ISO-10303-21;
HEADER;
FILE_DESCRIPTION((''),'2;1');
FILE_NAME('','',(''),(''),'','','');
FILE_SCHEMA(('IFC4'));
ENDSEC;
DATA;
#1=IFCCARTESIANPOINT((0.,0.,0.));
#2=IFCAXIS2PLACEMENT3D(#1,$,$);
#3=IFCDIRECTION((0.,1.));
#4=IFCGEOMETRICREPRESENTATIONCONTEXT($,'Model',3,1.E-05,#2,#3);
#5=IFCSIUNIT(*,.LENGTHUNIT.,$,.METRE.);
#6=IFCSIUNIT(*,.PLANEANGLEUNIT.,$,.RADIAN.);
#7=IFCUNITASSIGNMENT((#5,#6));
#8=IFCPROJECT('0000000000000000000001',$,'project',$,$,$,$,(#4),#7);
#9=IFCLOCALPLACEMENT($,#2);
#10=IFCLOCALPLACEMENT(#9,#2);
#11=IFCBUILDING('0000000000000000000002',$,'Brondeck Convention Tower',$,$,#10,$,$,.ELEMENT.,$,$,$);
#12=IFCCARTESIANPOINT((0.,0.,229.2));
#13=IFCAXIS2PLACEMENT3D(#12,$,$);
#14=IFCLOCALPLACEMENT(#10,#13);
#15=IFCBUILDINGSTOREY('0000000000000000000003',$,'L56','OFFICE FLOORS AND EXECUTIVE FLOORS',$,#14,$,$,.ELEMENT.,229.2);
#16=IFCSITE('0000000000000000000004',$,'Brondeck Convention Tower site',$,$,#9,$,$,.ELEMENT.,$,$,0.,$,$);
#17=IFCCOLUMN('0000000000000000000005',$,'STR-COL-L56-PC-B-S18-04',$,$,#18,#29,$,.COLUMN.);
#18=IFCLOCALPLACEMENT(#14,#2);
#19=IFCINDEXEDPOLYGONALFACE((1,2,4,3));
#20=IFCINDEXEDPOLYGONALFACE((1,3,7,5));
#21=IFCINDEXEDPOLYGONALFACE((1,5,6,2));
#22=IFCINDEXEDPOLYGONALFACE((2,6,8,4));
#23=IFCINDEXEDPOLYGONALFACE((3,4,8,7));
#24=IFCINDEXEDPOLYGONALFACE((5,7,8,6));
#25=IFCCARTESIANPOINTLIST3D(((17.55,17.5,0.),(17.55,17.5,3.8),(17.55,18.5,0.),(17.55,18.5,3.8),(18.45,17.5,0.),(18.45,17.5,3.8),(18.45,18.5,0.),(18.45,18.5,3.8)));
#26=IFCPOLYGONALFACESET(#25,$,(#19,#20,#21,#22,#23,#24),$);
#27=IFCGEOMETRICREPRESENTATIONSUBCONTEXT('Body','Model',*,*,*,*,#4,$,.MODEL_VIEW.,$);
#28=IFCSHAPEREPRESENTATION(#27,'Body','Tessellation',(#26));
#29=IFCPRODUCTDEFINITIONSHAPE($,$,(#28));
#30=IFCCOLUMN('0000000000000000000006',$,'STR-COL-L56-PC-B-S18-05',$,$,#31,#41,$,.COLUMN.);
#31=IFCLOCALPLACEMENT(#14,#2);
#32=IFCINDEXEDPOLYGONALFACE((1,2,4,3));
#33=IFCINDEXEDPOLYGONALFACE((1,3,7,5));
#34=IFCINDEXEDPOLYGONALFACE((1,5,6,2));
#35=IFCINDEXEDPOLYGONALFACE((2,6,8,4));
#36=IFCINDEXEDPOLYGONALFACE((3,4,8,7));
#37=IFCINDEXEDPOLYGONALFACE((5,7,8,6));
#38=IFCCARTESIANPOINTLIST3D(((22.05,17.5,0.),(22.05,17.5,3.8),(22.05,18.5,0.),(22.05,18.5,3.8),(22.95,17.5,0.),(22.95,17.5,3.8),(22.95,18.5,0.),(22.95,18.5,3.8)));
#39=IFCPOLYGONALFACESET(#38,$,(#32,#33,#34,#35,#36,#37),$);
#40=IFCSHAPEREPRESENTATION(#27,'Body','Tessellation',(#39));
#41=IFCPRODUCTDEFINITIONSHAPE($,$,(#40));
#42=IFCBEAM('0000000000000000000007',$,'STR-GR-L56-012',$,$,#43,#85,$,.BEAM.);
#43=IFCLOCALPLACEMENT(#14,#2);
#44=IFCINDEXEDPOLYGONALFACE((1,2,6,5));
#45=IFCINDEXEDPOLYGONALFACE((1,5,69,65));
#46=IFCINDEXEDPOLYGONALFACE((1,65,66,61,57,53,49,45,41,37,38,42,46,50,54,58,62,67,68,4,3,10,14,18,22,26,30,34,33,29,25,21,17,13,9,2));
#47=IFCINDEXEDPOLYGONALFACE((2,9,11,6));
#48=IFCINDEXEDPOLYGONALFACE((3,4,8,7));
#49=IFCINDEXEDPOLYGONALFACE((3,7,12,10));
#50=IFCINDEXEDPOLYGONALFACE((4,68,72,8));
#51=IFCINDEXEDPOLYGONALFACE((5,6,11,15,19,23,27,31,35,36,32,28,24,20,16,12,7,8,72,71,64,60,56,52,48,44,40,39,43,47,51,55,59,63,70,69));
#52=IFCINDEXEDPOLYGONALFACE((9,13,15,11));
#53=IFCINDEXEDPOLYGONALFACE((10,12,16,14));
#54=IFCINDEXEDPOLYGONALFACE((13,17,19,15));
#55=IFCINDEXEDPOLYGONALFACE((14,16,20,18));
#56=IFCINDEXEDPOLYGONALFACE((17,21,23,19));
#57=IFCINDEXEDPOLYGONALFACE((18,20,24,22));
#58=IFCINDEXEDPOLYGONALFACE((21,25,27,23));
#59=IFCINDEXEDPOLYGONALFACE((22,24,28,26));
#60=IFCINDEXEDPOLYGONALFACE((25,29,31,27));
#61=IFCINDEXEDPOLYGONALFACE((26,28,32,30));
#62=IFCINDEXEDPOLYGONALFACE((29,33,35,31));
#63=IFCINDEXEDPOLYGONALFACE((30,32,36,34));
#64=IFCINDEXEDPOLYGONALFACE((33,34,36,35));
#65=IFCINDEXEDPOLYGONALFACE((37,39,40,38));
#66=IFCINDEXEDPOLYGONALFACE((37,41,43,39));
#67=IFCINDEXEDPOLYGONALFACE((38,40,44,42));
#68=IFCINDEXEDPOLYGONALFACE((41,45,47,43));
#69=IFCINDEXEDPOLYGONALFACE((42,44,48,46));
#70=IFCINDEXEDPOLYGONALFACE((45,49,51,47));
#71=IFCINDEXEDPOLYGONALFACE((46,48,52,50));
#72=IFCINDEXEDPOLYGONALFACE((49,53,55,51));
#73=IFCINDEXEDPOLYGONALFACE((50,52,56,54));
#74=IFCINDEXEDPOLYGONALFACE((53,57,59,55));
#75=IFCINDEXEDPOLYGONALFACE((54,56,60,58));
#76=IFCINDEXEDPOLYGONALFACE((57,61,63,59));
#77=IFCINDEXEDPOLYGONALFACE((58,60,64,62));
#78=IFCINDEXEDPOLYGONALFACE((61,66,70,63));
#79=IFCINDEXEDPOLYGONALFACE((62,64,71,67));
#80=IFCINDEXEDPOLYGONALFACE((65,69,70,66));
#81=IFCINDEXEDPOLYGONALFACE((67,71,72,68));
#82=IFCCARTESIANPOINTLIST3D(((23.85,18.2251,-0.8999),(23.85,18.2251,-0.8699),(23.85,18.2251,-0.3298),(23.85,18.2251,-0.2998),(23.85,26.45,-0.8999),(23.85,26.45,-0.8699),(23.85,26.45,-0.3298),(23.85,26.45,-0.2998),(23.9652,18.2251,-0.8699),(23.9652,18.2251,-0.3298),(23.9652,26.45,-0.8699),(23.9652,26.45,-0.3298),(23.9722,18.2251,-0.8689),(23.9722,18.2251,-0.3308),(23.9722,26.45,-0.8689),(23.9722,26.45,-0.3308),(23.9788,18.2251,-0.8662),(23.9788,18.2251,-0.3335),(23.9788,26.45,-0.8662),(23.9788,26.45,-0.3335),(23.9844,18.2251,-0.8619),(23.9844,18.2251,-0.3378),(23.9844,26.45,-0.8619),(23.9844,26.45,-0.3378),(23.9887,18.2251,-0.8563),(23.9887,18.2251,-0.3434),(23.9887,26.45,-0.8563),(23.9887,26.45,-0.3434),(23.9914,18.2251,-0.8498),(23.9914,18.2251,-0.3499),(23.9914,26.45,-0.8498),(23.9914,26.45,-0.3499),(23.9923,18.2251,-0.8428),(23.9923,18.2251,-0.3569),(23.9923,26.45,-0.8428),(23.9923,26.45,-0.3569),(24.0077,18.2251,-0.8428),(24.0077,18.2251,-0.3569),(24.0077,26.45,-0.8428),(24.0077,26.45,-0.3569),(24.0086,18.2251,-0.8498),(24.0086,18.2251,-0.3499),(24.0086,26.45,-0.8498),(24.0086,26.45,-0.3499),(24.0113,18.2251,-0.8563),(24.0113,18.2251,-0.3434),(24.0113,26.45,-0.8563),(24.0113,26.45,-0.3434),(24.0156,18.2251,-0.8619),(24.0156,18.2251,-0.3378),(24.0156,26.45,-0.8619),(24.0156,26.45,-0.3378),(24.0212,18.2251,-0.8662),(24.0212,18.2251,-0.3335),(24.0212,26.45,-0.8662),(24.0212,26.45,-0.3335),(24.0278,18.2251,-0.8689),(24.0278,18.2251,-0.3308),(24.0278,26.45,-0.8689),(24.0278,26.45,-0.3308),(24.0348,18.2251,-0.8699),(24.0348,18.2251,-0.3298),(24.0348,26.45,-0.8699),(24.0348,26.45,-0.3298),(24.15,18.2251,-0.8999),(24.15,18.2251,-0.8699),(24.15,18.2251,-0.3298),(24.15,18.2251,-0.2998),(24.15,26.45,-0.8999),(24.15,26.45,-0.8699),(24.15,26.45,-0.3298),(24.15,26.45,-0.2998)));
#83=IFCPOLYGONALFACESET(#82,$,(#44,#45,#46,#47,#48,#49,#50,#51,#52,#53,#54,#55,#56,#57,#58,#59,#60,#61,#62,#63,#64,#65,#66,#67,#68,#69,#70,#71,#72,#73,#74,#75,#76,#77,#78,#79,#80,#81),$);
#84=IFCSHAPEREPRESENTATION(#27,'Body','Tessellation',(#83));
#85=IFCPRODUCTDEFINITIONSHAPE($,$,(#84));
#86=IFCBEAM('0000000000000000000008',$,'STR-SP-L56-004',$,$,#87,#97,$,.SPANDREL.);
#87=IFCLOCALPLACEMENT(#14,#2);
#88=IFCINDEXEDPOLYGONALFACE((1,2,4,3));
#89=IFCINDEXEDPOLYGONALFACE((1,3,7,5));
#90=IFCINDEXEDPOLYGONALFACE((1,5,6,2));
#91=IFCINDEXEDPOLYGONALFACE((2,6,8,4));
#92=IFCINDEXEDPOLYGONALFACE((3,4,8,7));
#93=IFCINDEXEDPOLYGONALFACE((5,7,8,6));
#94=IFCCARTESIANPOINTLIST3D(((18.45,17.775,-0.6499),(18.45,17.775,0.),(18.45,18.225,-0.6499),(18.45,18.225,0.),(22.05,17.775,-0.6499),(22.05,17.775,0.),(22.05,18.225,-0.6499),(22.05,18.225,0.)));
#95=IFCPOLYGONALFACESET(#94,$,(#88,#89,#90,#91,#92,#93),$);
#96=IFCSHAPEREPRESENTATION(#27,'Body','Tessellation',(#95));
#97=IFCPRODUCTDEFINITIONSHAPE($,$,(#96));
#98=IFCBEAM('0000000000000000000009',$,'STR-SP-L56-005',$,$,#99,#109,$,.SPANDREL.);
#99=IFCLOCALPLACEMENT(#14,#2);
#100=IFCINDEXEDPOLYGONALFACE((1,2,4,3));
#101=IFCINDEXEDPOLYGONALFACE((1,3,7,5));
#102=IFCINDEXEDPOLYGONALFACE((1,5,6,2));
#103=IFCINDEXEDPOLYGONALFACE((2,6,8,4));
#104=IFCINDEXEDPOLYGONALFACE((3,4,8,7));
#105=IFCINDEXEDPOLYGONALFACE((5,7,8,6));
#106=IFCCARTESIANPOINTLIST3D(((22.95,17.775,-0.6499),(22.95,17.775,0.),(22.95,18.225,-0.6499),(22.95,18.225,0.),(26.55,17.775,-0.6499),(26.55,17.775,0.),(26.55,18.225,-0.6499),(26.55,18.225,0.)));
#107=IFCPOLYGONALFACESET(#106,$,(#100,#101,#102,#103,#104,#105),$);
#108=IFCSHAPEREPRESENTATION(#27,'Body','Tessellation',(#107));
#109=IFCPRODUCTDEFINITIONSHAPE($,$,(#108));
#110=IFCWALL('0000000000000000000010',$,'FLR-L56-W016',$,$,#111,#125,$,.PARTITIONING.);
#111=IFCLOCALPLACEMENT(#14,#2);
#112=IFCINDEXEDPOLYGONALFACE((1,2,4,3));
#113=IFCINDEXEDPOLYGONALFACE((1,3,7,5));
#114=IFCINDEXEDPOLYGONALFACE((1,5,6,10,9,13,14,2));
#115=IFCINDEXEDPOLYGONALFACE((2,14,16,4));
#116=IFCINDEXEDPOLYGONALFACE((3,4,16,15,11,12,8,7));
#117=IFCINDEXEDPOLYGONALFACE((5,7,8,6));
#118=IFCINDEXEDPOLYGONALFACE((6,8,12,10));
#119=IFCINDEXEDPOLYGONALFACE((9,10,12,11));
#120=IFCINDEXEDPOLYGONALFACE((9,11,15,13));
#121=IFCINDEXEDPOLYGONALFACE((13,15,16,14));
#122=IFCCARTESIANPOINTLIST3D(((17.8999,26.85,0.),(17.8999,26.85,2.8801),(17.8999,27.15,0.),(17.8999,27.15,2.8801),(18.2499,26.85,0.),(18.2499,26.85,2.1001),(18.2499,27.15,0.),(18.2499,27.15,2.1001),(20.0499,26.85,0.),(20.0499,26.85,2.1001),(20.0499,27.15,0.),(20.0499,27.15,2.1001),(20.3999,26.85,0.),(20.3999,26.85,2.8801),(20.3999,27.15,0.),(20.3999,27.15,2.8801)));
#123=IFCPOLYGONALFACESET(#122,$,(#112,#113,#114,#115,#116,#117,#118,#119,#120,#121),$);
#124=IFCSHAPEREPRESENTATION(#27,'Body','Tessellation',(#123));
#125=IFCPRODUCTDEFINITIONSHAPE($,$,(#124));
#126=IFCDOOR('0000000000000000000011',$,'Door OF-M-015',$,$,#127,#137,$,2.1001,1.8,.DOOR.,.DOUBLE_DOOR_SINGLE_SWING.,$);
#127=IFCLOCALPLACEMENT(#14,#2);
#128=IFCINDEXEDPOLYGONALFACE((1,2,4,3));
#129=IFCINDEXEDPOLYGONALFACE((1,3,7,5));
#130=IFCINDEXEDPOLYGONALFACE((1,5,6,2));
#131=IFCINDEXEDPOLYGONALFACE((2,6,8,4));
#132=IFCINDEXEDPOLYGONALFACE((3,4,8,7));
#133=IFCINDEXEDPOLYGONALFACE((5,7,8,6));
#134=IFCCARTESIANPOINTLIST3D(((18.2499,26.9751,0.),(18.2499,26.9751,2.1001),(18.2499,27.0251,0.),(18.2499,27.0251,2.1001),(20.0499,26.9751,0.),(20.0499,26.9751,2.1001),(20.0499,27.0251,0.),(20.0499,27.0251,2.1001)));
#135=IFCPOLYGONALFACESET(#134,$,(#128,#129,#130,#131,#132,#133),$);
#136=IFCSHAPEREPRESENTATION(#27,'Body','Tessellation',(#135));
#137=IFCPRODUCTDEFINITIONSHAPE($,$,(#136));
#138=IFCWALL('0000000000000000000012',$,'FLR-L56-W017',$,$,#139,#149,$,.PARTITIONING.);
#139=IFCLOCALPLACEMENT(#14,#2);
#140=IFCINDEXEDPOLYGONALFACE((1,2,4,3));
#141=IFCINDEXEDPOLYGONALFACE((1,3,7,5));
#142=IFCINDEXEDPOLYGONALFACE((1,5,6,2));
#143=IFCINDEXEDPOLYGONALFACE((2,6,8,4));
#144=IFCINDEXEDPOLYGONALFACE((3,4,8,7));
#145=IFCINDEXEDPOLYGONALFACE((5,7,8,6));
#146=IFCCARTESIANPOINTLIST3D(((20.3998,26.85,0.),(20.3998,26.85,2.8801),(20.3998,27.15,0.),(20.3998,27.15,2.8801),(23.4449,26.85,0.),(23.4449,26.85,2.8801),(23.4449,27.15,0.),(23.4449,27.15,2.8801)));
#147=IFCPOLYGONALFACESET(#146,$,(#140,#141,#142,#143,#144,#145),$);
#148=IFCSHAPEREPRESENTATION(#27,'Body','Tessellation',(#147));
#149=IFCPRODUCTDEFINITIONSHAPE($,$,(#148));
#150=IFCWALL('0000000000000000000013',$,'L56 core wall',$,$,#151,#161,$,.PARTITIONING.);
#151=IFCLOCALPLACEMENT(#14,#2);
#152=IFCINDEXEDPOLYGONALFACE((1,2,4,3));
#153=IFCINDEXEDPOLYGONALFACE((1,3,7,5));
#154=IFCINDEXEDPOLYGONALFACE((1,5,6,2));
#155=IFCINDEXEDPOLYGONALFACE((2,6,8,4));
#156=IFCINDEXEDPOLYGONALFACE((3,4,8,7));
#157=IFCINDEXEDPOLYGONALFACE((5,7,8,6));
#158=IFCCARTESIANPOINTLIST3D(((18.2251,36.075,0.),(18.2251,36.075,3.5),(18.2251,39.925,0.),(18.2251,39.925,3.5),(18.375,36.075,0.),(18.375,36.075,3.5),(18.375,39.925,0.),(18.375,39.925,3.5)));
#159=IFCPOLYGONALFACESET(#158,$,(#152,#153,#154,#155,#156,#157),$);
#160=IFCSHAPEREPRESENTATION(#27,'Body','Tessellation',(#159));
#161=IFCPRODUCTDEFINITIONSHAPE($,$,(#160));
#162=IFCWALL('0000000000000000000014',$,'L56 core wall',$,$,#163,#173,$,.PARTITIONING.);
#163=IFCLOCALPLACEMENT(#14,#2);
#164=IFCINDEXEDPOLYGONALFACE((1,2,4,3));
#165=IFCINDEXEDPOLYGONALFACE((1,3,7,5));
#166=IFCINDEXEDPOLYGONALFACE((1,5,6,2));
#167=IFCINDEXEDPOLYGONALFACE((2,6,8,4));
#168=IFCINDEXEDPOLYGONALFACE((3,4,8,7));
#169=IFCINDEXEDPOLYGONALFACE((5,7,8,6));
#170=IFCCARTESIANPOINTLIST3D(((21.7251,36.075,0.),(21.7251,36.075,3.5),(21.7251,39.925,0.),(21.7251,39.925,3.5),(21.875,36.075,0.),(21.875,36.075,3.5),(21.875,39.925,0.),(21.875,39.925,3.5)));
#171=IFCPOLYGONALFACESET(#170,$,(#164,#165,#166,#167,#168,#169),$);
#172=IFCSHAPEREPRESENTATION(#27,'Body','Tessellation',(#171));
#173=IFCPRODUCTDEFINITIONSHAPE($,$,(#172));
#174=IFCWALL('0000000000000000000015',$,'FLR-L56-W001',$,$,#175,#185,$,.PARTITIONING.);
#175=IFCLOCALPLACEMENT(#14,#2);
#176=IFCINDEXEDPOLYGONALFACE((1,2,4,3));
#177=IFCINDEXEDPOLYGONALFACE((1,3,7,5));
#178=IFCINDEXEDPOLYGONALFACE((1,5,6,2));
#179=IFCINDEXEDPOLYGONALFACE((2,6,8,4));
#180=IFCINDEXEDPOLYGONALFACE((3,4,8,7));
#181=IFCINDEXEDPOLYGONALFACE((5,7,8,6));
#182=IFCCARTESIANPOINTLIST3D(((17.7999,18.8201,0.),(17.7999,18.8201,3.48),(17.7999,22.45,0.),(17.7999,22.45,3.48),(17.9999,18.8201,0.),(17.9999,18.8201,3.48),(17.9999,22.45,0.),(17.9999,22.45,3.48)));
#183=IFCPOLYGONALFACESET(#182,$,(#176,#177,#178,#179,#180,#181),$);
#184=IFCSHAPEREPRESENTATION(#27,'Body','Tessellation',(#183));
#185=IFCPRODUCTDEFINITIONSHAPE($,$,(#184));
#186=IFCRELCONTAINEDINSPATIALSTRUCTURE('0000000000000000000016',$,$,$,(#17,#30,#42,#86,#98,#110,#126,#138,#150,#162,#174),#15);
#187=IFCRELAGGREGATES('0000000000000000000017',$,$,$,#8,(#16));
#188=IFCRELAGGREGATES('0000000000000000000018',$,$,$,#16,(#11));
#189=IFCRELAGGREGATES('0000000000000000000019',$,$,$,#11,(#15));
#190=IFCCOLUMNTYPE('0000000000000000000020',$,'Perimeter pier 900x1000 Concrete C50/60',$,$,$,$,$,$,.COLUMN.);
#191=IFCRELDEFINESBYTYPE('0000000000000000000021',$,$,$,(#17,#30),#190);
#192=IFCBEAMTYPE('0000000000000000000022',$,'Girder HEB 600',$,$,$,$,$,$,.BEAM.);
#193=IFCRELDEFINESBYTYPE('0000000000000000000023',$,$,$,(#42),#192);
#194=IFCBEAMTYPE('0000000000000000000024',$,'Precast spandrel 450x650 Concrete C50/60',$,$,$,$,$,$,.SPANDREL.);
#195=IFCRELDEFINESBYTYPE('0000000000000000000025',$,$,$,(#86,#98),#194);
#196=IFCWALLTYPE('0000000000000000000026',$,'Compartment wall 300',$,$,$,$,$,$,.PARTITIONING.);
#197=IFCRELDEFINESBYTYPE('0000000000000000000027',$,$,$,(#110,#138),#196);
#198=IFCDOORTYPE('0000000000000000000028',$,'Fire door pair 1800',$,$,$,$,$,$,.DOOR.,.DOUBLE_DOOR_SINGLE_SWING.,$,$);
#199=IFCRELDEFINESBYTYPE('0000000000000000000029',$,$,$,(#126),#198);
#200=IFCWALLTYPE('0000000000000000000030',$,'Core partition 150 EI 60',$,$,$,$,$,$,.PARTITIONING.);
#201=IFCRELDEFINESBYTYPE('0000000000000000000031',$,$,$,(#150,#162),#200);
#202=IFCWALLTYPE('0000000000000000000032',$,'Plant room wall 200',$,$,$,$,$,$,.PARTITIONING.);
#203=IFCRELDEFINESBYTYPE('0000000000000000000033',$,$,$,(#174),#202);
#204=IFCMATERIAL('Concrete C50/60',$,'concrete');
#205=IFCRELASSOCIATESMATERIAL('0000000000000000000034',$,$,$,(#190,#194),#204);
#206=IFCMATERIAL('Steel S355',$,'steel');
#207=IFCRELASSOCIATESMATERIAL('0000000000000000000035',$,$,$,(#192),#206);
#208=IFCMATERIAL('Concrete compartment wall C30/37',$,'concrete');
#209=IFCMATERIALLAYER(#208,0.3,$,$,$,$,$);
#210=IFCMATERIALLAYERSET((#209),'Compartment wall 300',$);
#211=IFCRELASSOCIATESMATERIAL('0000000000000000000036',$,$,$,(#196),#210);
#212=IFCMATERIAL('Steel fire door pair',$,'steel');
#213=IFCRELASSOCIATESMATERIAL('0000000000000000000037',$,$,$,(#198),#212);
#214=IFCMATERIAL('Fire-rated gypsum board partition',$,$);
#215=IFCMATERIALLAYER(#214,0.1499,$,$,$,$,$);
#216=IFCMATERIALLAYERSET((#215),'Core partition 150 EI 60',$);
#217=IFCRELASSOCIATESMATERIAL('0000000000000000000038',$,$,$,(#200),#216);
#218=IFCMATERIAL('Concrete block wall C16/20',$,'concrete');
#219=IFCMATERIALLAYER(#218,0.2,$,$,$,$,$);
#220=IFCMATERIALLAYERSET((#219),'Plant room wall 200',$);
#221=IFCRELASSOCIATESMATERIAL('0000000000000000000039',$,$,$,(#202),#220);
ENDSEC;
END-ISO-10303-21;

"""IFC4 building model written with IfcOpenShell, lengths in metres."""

from ifc_helpers import new_model, si_unit, direction, frame, frame_2d, origin, origin_2d, place, context, subcontext, project, spatial, rectangle, i_section, extrude, material, layer, layer_set, material_profile, profile_set, type_object, element, fill, save


model = new_model("IFC4")

# Units and contexts
model_context = context("Model", 3, precision=1e-05, world=origin(), true_north=direction((0.0, 1.0)))
body_context = subcontext(model_context, "Body", "Model", "MODEL_VIEW")
ifc_project = project(units=[si_unit("LENGTHUNIT", "METRE"), si_unit("PLANEANGLEUNIT", "RADIAN")], contexts=[model_context])

# Site, building, storey
site_placement = place(None, origin())
site = spatial("IfcSite", under=ifc_project, at=site_placement, Name="Brondeck Convention Tower site", CompositionType="ELEMENT", RefElevation=0.0)
building_placement = place(site_placement, origin())
building = spatial("IfcBuilding", under=site, at=building_placement, Name="Brondeck Convention Tower", CompositionType="ELEMENT")
storey_placement = place(building_placement, frame((0.0, 0.0, 229.2)))
storey = spatial("IfcBuildingStorey", under=building, at=storey_placement, Name="L56", Description="OFFICE FLOORS AND EXECUTIVE FLOORS", CompositionType="ELEMENT", Elevation=229.2)

# Columns
ifc_material_1 = material(Name="Concrete C50/60", Category="concrete")
ifc_material_profile_1 = material_profile(ifc_material_1, rectangle(XDim=0.8999, YDim=1.0, at=origin_2d()), Name="Perimeter pier 900x1000 Concrete C50/60")
ifc_profile_set_1 = profile_set([ifc_material_profile_1], Name="Concrete C50/60")
column_type = type_object("IfcColumnType", Name="Perimeter pier 900x1000 Concrete C50/60", PredefinedType="COLUMN", material=ifc_profile_set_1)
for number, where, z_axis, x_axis, name in (
    (1, (18.0, 18.0, 0.0), (0.0, 0.0, 1.0), (1.0, 0.0, 0.0), "STR-COL-L56-PC-B-S18-04"),
    (2, (22.5, 18.0, 0.0), (0.0, 0.0, 1.0), (1.0, 0.0, 0.0), "STR-COL-L56-PC-B-S18-05"),
):
    element("IfcColumn", number, at=place(storey_placement, frame(where, z_axis=z_axis, x_axis=x_axis)), inside=storey, type_object=column_type, Name=name, PredefinedType="COLUMN", context=body_context, shape_type="SweptSolid", body=[
        extrude(rectangle(XDim=0.8999, YDim=1.0, at=origin_2d()), origin(), (0.0, 0.0, 1.0), 3.8),
    ])

# Beams
ifc_material_2 = material(Name="Steel S355", Category="steel")
ifc_material_profile_2 = material_profile(ifc_material_2, i_section(OverallWidth=0.3, OverallDepth=0.6001, WebThickness=0.0154, FlangeThickness=0.03, FilletRadius=0.0271, at=origin_2d()), Name="HEB 600")
ifc_profile_set_2 = profile_set([ifc_material_profile_2], Name="Steel S355")
beam_type_1 = type_object("IfcBeamType", Name="Girder HEB 600", PredefinedType="BEAM", material=ifc_profile_set_2)
beam_placement = place(storey_placement, frame((24.0, 26.45, -0.5999), z_axis=(0.0, -1.0, 0.0), x_axis=(1.0, 0.0, 0.0)))
element("IfcBeam", 3, at=beam_placement, inside=storey, type_object=beam_type_1, Name="STR-GR-L56-012", PredefinedType="BEAM", context=body_context, shape_type="SweptSolid", body=[
    extrude(i_section(OverallWidth=0.3, OverallDepth=0.6001, WebThickness=0.0154, FlangeThickness=0.03, FilletRadius=0.0271, at=origin_2d()), origin(), (0.0, 0.0, 1.0), 8.2249),
])
ifc_material_profile_3 = material_profile(ifc_material_1, rectangle(XDim=0.45, YDim=0.6499, at=origin_2d()), Name="Precast spandrel 450x650 Concrete C50/60")
ifc_profile_set_3 = profile_set([ifc_material_profile_3], Name="Concrete C50/60")
beam_type_2 = type_object("IfcBeamType", Name="Precast spandrel 450x650 Concrete C50/60", PredefinedType="SPANDREL", material=ifc_profile_set_3)
for number, where, z_axis, x_axis, name in (
    (4, (18.45, 18.0, -0.325), (1.0, 0.0, 0.0), (0.0, 1.0, 0.0), "STR-SP-L56-004"),
    (5, (22.95, 18.0, -0.325), (1.0, 0.0, 0.0), (0.0, 1.0, 0.0), "STR-SP-L56-005"),
):
    element("IfcBeam", number, at=place(storey_placement, frame(where, z_axis=z_axis, x_axis=x_axis)), inside=storey, type_object=beam_type_2, Name=name, PredefinedType="SPANDREL", context=body_context, shape_type="SweptSolid", body=[
        extrude(rectangle(XDim=0.45, YDim=0.6499, at=origin_2d()), origin(), (0.0, 0.0, 1.0), 3.6001),
    ])

# Wall, opening, door
ifc_material_3 = material(Name="Concrete compartment wall C30/37", Category="concrete")
ifc_layer_1 = layer(ifc_material_3, 0.3)
ifc_layer_set_1 = layer_set([ifc_layer_1], Name="Compartment wall 300")
wall_type_1 = type_object("IfcWallType", Name="Compartment wall 300", PredefinedType="PARTITIONING", material=ifc_layer_set_1)
wall_1_placement = place(storey_placement, frame((20.3999, 27.0, 0.0), z_axis=(0.0, 0.0, 1.0), x_axis=(-1.0, 0.0, 0.0)))
wall_1 = element("IfcWall", 6, at=wall_1_placement, inside=storey, type_object=wall_type_1, Name="FLR-L56-W016", PredefinedType="PARTITIONING", context=body_context, shape_type="SweptSolid", body=[
    extrude(rectangle(XDim=2.5, YDim=0.3, at=frame_2d((1.25, 0.0))), origin(), (0.0, 0.0, 1.0), 2.8801),
])
opening_1_placement = place(wall_1_placement, frame((0.3501, 0.0, 0.0)))
opening_1 = element("IfcOpeningElement", 7, at=opening_1_placement, cuts=wall_1, PredefinedType="OPENING", context=body_context, shape_type="SweptSolid", body=[
    extrude(rectangle(XDim=1.8, YDim=2.1001, at=frame_2d((0.8999, 1.05))), frame((0.0, 0.1599, 0.0), z_axis=(0.0, -1.0, 0.0), x_axis=(1.0, 0.0, 0.0)), (0.0, 0.0, 1.0), 0.3201),
])
ifc_material_4 = material(Name="Steel fire door pair", Category="steel")
door_type_1 = type_object("IfcDoorType", Name="Fire door pair 1800", OperationType="DOUBLE_DOOR_SINGLE_SWING", PredefinedType="DOOR", material=ifc_material_4)
door_1_placement = place(opening_1_placement, origin())
door_1 = element("IfcDoor", 8, at=door_1_placement, inside=storey, type_object=door_type_1, Name="Door OF-M-015", OperationType="DOUBLE_DOOR_SINGLE_SWING", OverallHeight=2.1001, OverallWidth=1.8, PredefinedType="DOOR", context=body_context, shape_type="SweptSolid", body=[
    extrude(rectangle(XDim=1.8, YDim=2.1001, at=frame_2d((0.8999, 1.05))), frame((0.0, 0.0249, 0.0), z_axis=(0.0, -1.0, 0.0), x_axis=(1.0, 0.0, 0.0)), (0.0, 0.0, 1.0), 0.05),
])
fill(opening_1, door_1)

# Walls
wall_2_placement = place(storey_placement, frame((20.3999, 27.0, 0.0), z_axis=(0.0, 0.0, 1.0), x_axis=(1.0, 0.0, 0.0)))
element("IfcWall", 9, at=wall_2_placement, inside=storey, type_object=wall_type_1, Name="FLR-L56-W017", PredefinedType="PARTITIONING", context=body_context, shape_type="SweptSolid", body=[
    extrude(rectangle(XDim=3.0452, YDim=0.3, at=frame_2d((1.5225, 0.0))), origin(), (0.0, 0.0, 1.0), 2.8801),
])
ifc_material_5 = material(Name="Fire-rated gypsum board partition")
ifc_layer_2 = layer(ifc_material_5, 0.1499)
ifc_layer_set_2 = layer_set([ifc_layer_2], Name="Core partition 150 EI 60")
wall_type_2 = type_object("IfcWallType", Name="Core partition 150 EI 60", PredefinedType="PARTITIONING", material=ifc_layer_set_2)
for number, where, z_axis, x_axis, name in (
    (10, (18.3, 36.075, 0.0), (0.0, 0.0, 1.0), (0.0, 1.0, 0.0), "L56 core wall"),
    (11, (21.8, 36.075, 0.0), (0.0, 0.0, 1.0), (0.0, 1.0, 0.0), "L56 core wall"),
):
    element("IfcWall", number, at=place(storey_placement, frame(where, z_axis=z_axis, x_axis=x_axis)), inside=storey, type_object=wall_type_2, Name=name, PredefinedType="PARTITIONING", context=body_context, shape_type="SweptSolid", body=[
        extrude(rectangle(XDim=3.8501, YDim=0.1499, at=frame_2d((1.925, 0.0))), origin(), (0.0, 0.0, 1.0), 3.5),
    ])
ifc_material_6 = material(Name="Concrete block wall C16/20", Category="concrete")
ifc_layer_3 = layer(ifc_material_6, 0.2)
ifc_layer_set_3 = layer_set([ifc_layer_3], Name="Plant room wall 200")
wall_type_3 = type_object("IfcWallType", Name="Plant room wall 200", PredefinedType="PARTITIONING", material=ifc_layer_set_3)
wall_3_placement = place(storey_placement, frame((17.8999, 22.45, 0.0), z_axis=(0.0, 0.0, 1.0), x_axis=(0.0, -1.0, 0.0)))
element("IfcWall", 12, at=wall_3_placement, inside=storey, type_object=wall_type_3, Name="FLR-L56-W001", PredefinedType="PARTITIONING", context=body_context, shape_type="SweptSolid", body=[
    extrude(rectangle(XDim=3.6299, YDim=0.2, at=frame_2d((1.8149, 0.0))), origin(), (0.0, 0.0, 1.0), 3.48),
])

save(model, "model.ifc")
